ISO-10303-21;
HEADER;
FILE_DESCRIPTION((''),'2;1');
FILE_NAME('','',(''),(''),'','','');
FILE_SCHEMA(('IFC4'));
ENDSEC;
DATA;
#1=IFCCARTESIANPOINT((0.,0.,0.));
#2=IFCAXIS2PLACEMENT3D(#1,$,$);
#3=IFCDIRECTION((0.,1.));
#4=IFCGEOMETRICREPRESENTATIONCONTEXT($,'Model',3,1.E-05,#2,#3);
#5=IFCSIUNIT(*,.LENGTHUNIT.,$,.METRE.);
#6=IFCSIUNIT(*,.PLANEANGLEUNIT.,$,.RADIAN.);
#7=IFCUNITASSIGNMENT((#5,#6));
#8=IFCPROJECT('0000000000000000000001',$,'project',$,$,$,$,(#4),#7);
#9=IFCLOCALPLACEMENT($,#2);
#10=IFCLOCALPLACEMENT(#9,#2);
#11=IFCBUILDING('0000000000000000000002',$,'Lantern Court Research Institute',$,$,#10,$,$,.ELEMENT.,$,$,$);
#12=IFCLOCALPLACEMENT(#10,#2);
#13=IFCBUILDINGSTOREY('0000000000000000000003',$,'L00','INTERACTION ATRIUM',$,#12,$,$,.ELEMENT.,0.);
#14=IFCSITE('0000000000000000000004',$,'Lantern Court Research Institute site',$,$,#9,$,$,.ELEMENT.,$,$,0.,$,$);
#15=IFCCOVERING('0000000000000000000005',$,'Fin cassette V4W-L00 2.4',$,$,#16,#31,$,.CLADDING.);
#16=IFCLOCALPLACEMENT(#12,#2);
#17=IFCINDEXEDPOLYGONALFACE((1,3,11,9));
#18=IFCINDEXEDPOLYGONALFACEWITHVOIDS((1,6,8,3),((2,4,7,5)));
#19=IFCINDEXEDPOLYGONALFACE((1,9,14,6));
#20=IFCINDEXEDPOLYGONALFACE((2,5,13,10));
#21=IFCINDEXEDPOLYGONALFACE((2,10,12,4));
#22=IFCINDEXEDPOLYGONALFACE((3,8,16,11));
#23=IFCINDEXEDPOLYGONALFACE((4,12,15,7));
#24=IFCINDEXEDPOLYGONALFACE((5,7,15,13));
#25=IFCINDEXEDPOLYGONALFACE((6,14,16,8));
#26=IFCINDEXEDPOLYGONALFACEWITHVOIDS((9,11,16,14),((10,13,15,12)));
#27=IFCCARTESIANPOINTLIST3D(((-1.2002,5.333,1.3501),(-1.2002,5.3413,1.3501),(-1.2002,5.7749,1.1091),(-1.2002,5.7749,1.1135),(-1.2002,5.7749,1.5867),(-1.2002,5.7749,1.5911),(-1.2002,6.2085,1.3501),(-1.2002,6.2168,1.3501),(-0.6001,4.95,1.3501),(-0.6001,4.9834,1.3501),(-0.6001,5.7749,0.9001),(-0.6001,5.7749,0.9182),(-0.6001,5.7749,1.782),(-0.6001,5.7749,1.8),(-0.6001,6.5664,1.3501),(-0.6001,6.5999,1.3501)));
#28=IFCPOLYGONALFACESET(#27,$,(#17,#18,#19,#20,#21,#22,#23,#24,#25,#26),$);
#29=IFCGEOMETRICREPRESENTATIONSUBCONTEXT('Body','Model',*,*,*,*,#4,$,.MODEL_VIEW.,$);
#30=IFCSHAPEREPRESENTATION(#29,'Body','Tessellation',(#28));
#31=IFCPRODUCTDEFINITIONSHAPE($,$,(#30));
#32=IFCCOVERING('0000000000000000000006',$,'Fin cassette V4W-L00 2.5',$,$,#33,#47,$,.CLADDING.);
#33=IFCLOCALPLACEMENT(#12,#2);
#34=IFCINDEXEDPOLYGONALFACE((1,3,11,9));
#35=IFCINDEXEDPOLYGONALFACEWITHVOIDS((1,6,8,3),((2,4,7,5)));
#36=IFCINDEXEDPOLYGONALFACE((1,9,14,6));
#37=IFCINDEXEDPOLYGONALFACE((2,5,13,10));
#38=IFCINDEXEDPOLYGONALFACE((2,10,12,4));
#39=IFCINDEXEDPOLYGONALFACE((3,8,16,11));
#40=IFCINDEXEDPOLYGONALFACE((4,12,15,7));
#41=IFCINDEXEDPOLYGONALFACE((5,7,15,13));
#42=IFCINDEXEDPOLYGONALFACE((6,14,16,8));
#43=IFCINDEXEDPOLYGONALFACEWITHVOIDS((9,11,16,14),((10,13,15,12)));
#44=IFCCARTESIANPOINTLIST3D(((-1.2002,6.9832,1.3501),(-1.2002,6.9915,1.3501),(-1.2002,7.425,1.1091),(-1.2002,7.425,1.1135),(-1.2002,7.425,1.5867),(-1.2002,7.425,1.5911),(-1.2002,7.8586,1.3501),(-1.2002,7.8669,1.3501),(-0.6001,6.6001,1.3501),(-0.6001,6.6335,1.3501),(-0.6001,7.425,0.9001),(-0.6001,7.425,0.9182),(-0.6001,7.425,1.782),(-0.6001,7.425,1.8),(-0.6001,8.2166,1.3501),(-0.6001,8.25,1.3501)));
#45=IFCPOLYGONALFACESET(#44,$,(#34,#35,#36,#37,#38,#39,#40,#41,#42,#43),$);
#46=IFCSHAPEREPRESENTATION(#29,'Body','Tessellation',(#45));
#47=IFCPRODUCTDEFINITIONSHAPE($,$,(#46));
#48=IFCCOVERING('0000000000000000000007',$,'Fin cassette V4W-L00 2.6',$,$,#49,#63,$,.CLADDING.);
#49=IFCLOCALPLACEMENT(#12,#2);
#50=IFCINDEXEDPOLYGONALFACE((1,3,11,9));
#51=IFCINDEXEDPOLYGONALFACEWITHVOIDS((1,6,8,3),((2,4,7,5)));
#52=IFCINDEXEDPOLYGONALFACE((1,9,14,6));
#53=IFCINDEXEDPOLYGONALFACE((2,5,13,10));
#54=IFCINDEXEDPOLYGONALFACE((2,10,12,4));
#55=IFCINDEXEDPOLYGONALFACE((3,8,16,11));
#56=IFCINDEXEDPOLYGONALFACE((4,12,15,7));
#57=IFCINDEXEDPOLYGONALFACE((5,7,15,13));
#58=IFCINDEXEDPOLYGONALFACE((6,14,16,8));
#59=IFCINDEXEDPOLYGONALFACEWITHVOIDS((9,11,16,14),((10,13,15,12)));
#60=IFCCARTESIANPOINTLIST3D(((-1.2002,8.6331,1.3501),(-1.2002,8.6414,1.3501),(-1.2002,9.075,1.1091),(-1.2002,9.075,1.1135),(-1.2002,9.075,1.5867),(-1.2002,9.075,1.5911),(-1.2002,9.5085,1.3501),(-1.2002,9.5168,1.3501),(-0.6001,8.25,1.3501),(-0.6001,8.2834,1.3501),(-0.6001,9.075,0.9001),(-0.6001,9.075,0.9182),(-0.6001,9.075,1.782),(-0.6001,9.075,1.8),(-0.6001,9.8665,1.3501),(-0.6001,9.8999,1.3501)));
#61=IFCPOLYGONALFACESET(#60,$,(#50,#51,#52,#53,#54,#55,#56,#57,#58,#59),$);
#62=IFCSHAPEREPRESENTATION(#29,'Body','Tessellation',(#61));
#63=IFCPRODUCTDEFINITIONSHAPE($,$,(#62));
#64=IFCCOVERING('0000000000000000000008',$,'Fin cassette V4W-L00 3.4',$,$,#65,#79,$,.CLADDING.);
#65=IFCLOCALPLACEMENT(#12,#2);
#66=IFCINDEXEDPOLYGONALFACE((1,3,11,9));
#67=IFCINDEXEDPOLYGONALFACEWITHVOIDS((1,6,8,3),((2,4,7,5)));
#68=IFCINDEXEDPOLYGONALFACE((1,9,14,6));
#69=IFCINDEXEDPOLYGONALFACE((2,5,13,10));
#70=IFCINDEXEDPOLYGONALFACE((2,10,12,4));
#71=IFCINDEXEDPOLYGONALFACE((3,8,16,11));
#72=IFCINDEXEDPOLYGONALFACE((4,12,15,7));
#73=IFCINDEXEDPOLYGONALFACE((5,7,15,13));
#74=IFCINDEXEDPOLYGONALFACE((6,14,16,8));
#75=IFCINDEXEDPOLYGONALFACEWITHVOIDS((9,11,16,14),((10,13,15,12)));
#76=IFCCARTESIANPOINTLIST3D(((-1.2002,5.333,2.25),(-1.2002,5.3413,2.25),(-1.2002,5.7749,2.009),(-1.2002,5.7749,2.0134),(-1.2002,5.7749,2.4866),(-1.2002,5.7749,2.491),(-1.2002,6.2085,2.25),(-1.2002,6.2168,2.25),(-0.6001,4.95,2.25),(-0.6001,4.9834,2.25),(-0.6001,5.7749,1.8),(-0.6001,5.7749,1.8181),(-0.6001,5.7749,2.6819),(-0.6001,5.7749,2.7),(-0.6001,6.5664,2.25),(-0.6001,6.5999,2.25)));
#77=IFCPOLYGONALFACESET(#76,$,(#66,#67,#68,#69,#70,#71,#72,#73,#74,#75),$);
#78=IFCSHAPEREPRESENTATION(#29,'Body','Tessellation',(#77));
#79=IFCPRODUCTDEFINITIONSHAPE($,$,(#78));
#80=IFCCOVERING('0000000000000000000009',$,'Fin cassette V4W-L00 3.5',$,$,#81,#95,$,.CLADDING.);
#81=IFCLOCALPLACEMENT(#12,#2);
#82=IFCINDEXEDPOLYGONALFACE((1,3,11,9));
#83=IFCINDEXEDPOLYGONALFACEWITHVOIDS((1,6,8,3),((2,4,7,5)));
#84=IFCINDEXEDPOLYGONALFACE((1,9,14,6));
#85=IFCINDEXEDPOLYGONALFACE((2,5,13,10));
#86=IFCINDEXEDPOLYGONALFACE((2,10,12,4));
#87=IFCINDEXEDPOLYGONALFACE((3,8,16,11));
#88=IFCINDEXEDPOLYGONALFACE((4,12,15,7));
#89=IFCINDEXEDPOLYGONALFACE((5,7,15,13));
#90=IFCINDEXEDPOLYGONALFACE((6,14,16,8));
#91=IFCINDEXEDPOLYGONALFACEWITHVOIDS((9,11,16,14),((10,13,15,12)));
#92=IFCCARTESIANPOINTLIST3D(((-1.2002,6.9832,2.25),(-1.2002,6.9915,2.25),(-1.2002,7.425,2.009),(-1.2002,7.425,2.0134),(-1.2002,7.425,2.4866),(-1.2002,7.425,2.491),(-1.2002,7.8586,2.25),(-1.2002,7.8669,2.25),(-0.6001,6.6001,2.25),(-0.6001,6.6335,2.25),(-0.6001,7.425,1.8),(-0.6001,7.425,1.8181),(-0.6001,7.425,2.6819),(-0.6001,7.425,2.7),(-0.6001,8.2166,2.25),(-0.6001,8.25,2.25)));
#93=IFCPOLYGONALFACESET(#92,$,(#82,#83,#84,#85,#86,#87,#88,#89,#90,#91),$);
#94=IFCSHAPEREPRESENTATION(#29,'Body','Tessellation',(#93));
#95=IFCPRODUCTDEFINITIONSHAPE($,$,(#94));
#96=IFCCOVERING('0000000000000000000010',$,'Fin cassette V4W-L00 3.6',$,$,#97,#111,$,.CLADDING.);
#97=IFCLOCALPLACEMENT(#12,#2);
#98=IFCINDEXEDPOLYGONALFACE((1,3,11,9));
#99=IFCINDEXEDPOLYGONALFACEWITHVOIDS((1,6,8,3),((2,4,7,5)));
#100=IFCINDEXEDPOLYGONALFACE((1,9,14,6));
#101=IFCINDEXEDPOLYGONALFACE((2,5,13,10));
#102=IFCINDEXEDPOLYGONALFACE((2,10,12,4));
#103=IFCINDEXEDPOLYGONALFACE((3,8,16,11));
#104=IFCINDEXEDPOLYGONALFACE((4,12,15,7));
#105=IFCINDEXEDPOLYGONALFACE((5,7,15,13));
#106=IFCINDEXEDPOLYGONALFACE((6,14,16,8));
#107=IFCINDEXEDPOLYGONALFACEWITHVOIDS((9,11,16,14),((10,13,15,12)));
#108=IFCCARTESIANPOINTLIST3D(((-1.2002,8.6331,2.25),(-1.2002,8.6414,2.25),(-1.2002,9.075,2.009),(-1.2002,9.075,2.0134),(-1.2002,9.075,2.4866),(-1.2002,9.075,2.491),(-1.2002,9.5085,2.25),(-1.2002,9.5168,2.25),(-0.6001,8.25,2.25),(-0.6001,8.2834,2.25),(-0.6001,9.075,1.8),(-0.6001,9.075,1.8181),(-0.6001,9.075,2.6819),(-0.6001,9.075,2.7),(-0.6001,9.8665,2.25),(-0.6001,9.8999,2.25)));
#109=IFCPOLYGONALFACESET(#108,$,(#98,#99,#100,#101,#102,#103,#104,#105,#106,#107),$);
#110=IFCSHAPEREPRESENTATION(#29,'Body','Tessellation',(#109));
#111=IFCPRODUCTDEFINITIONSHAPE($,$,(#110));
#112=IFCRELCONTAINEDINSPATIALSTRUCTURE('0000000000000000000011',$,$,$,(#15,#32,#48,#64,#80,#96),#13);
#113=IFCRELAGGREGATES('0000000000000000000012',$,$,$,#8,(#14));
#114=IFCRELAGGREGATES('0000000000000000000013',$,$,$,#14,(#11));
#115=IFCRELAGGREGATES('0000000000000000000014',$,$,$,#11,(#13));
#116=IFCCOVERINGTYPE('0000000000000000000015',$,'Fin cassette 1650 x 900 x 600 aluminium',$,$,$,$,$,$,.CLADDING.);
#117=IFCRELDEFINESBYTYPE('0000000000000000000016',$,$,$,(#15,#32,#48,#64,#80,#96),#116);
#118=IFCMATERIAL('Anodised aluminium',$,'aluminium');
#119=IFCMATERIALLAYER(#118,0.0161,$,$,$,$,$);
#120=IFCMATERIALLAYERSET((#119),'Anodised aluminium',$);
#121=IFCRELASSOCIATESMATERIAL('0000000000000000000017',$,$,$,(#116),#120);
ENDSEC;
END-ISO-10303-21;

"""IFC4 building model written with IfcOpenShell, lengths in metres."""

from ifc_helpers import new_model, entity, si_unit, direction, frame, origin, place, context, subcontext, project, spatial, material, layer, layer_set, type_object, element, save


model = new_model("IFC4")

# Units and contexts
model_context = context("Model", 3, precision=1e-05, world=origin(), true_north=direction((0.0, 1.0)))
body_context = subcontext(model_context, "Body", "Model", "MODEL_VIEW")
ifc_project = project(units=[si_unit("LENGTHUNIT", "METRE"), si_unit("PLANEANGLEUNIT", "RADIAN")], contexts=[model_context])

# Site, building, storey
site_placement = place(None, origin())
site = spatial("IfcSite", under=ifc_project, at=site_placement, Name="Lantern Court Research Institute site", CompositionType="ELEMENT", RefElevation=0.0)
building_placement = place(site_placement, origin())
building = spatial("IfcBuilding", under=site, at=building_placement, Name="Lantern Court Research Institute", CompositionType="ELEMENT")
storey_placement = place(building_placement, origin())
storey = spatial("IfcBuildingStorey", under=building, at=storey_placement, Name="L00", Description="INTERACTION ATRIUM", CompositionType="ELEMENT", Elevation=0.0)

# Coverings
ifc_material_1 = material(Name="Anodised aluminium", Category="aluminium")
ifc_layer_1 = layer(ifc_material_1, 0.0161)
ifc_layer_set_1 = layer_set([ifc_layer_1], Name="Anodised aluminium")
covering_type_1 = type_object("IfcCoveringType", Name="Fin cassette 1650 x 900 x 600 aluminium", PredefinedType="CLADDING", material=ifc_layer_set_1)
covering_1_placement = place(storey_placement, frame((-0.6001, 5.7749, 1.3501), z_axis=(-1.0, 0.0, 0.0), x_axis=(0.0, -1.0, 0.0)))
cartesian_point_1 = entity("IfcCartesianPoint", [0.825, 0.0])
cartesian_point_2 = entity("IfcCartesianPoint", [0.7915, 0.0])
cartesian_point_3 = entity("IfcCartesianPoint", [0.4419, 0.0])
cartesian_point_4 = entity("IfcCartesianPoint", [0.4336, 0.0])
element("IfcCovering", 1, at=covering_1_placement, inside=storey, type_object=covering_type_1, Name="Fin cassette V4W-L00 2.4", PredefinedType="CLADDING", context=body_context, shape_type="SweptSolid", body=[
    entity("IfcExtrudedAreaSolidTapered", entity("IfcArbitraryProfileDefWithVoids", "AREA", None, entity("IfcPolyline", [cartesian_point_1, entity("IfcCartesianPoint", [0.0, 0.45]), entity("IfcCartesianPoint", [-0.825, 0.0]), entity("IfcCartesianPoint", [0.0, -0.45]), cartesian_point_1]), [entity("IfcPolyline", [cartesian_point_2, entity("IfcCartesianPoint", [0.0, 0.4319]), entity("IfcCartesianPoint", [-0.7915, 0.0]), entity("IfcCartesianPoint", [0.0, -0.4319]), cartesian_point_2])]), entity("IfcAxis2Placement3D", entity("IfcCartesianPoint", [0.0, 0.0, 0.0])), entity("IfcDirection", [0.0, 0.0, 1.0]), 0.6001, entity("IfcArbitraryProfileDefWithVoids", "AREA", None, entity("IfcPolyline", [cartesian_point_3, entity("IfcCartesianPoint", [0.0, 0.241]), entity("IfcCartesianPoint", [-0.4419, 0.0]), entity("IfcCartesianPoint", [0.0, -0.241]), cartesian_point_3]), [entity("IfcPolyline", [cartesian_point_4, entity("IfcCartesianPoint", [0.0, 0.2366]), entity("IfcCartesianPoint", [-0.4336, 0.0]), entity("IfcCartesianPoint", [0.0, -0.2366]), cartesian_point_4])])),
])
covering_2_placement = place(storey_placement, frame((-0.6001, 7.425, 1.3501), z_axis=(-1.0, 0.0, 0.0), x_axis=(0.0, -1.0, 0.0)))
cartesian_point_5 = entity("IfcCartesianPoint", [0.825, 0.0])
cartesian_point_6 = entity("IfcCartesianPoint", [0.7915, 0.0])
cartesian_point_7 = entity("IfcCartesianPoint", [0.4419, 0.0])
cartesian_point_8 = entity("IfcCartesianPoint", [0.4336, 0.0])
element("IfcCovering", 2, at=covering_2_placement, inside=storey, type_object=covering_type_1, Name="Fin cassette V4W-L00 2.5", PredefinedType="CLADDING", context=body_context, shape_type="SweptSolid", body=[
    entity("IfcExtrudedAreaSolidTapered", entity("IfcArbitraryProfileDefWithVoids", "AREA", None, entity("IfcPolyline", [cartesian_point_5, entity("IfcCartesianPoint", [0.0, 0.45]), entity("IfcCartesianPoint", [-0.825, 0.0]), entity("IfcCartesianPoint", [0.0, -0.45]), cartesian_point_5]), [entity("IfcPolyline", [cartesian_point_6, entity("IfcCartesianPoint", [0.0, 0.4319]), entity("IfcCartesianPoint", [-0.7915, 0.0]), entity("IfcCartesianPoint", [0.0, -0.4319]), cartesian_point_6])]), entity("IfcAxis2Placement3D", entity("IfcCartesianPoint", [0.0, 0.0, 0.0])), entity("IfcDirection", [0.0, 0.0, 1.0]), 0.6001, entity("IfcArbitraryProfileDefWithVoids", "AREA", None, entity("IfcPolyline", [cartesian_point_7, entity("IfcCartesianPoint", [0.0, 0.241]), entity("IfcCartesianPoint", [-0.4419, 0.0]), entity("IfcCartesianPoint", [0.0, -0.241]), cartesian_point_7]), [entity("IfcPolyline", [cartesian_point_8, entity("IfcCartesianPoint", [0.0, 0.2366]), entity("IfcCartesianPoint", [-0.4336, 0.0]), entity("IfcCartesianPoint", [0.0, -0.2366]), cartesian_point_8])])),
])
covering_3_placement = place(storey_placement, frame((-0.6001, 9.075, 1.3501), z_axis=(-1.0, 0.0, 0.0), x_axis=(0.0, -1.0, 0.0)))
cartesian_point_9 = entity("IfcCartesianPoint", [0.825, 0.0])
cartesian_point_10 = entity("IfcCartesianPoint", [0.7915, 0.0])
cartesian_point_11 = entity("IfcCartesianPoint", [0.4419, 0.0])
cartesian_point_12 = entity("IfcCartesianPoint", [0.4336, 0.0])
element("IfcCovering", 3, at=covering_3_placement, inside=storey, type_object=covering_type_1, Name="Fin cassette V4W-L00 2.6", PredefinedType="CLADDING", context=body_context, shape_type="SweptSolid", body=[
    entity("IfcExtrudedAreaSolidTapered", entity("IfcArbitraryProfileDefWithVoids", "AREA", None, entity("IfcPolyline", [cartesian_point_9, entity("IfcCartesianPoint", [0.0, 0.45]), entity("IfcCartesianPoint", [-0.825, 0.0]), entity("IfcCartesianPoint", [0.0, -0.45]), cartesian_point_9]), [entity("IfcPolyline", [cartesian_point_10, entity("IfcCartesianPoint", [0.0, 0.4319]), entity("IfcCartesianPoint", [-0.7915, 0.0]), entity("IfcCartesianPoint", [0.0, -0.4319]), cartesian_point_10])]), entity("IfcAxis2Placement3D", entity("IfcCartesianPoint", [0.0, 0.0, 0.0])), entity("IfcDirection", [0.0, 0.0, 1.0]), 0.6001, entity("IfcArbitraryProfileDefWithVoids", "AREA", None, entity("IfcPolyline", [cartesian_point_11, entity("IfcCartesianPoint", [0.0, 0.241]), entity("IfcCartesianPoint", [-0.4419, 0.0]), entity("IfcCartesianPoint", [0.0, -0.241]), cartesian_point_11]), [entity("IfcPolyline", [cartesian_point_12, entity("IfcCartesianPoint", [0.0, 0.2366]), entity("IfcCartesianPoint", [-0.4336, 0.0]), entity("IfcCartesianPoint", [0.0, -0.2366]), cartesian_point_12])])),
])
covering_4_placement = place(storey_placement, frame((-0.6001, 5.7749, 2.25), z_axis=(-1.0, 0.0, 0.0), x_axis=(0.0, -1.0, 0.0)))
cartesian_point_13 = entity("IfcCartesianPoint", [0.825, 0.0])
cartesian_point_14 = entity("IfcCartesianPoint", [0.7915, 0.0])
cartesian_point_15 = entity("IfcCartesianPoint", [0.4419, 0.0])
cartesian_point_16 = entity("IfcCartesianPoint", [0.4336, 0.0])
element("IfcCovering", 4, at=covering_4_placement, inside=storey, type_object=covering_type_1, Name="Fin cassette V4W-L00 3.4", PredefinedType="CLADDING", context=body_context, shape_type="SweptSolid", body=[
    entity("IfcExtrudedAreaSolidTapered", entity("IfcArbitraryProfileDefWithVoids", "AREA", None, entity("IfcPolyline", [cartesian_point_13, entity("IfcCartesianPoint", [0.0, 0.45]), entity("IfcCartesianPoint", [-0.825, 0.0]), entity("IfcCartesianPoint", [0.0, -0.45]), cartesian_point_13]), [entity("IfcPolyline", [cartesian_point_14, entity("IfcCartesianPoint", [0.0, 0.4319]), entity("IfcCartesianPoint", [-0.7915, 0.0]), entity("IfcCartesianPoint", [0.0, -0.4319]), cartesian_point_14])]), entity("IfcAxis2Placement3D", entity("IfcCartesianPoint", [0.0, 0.0, 0.0])), entity("IfcDirection", [0.0, 0.0, 1.0]), 0.6001, entity("IfcArbitraryProfileDefWithVoids", "AREA", None, entity("IfcPolyline", [cartesian_point_15, entity("IfcCartesianPoint", [0.0, 0.241]), entity("IfcCartesianPoint", [-0.4419, 0.0]), entity("IfcCartesianPoint", [0.0, -0.241]), cartesian_point_15]), [entity("IfcPolyline", [cartesian_point_16, entity("IfcCartesianPoint", [0.0, 0.2366]), entity("IfcCartesianPoint", [-0.4336, 0.0]), entity("IfcCartesianPoint", [0.0, -0.2366]), cartesian_point_16])])),
])
covering_5_placement = place(storey_placement, frame((-0.6001, 7.425, 2.25), z_axis=(-1.0, 0.0, 0.0), x_axis=(0.0, -1.0, 0.0)))
cartesian_point_17 = entity("IfcCartesianPoint", [0.825, 0.0])
cartesian_point_18 = entity("IfcCartesianPoint", [0.7915, 0.0])
cartesian_point_19 = entity("IfcCartesianPoint", [0.4419, 0.0])
cartesian_point_20 = entity("IfcCartesianPoint", [0.4336, 0.0])
element("IfcCovering", 5, at=covering_5_placement, inside=storey, type_object=covering_type_1, Name="Fin cassette V4W-L00 3.5", PredefinedType="CLADDING", context=body_context, shape_type="SweptSolid", body=[
    entity("IfcExtrudedAreaSolidTapered", entity("IfcArbitraryProfileDefWithVoids", "AREA", None, entity("IfcPolyline", [cartesian_point_17, entity("IfcCartesianPoint", [0.0, 0.45]), entity("IfcCartesianPoint", [-0.825, 0.0]), entity("IfcCartesianPoint", [0.0, -0.45]), cartesian_point_17]), [entity("IfcPolyline", [cartesian_point_18, entity("IfcCartesianPoint", [0.0, 0.4319]), entity("IfcCartesianPoint", [-0.7915, 0.0]), entity("IfcCartesianPoint", [0.0, -0.4319]), cartesian_point_18])]), entity("IfcAxis2Placement3D", entity("IfcCartesianPoint", [0.0, 0.0, 0.0])), entity("IfcDirection", [0.0, 0.0, 1.0]), 0.6001, entity("IfcArbitraryProfileDefWithVoids", "AREA", None, entity("IfcPolyline", [cartesian_point_19, entity("IfcCartesianPoint", [0.0, 0.241]), entity("IfcCartesianPoint", [-0.4419, 0.0]), entity("IfcCartesianPoint", [0.0, -0.241]), cartesian_point_19]), [entity("IfcPolyline", [cartesian_point_20, entity("IfcCartesianPoint", [0.0, 0.2366]), entity("IfcCartesianPoint", [-0.4336, 0.0]), entity("IfcCartesianPoint", [0.0, -0.2366]), cartesian_point_20])])),
])
covering_6_placement = place(storey_placement, frame((-0.6001, 9.075, 2.25), z_axis=(-1.0, 0.0, 0.0), x_axis=(0.0, -1.0, 0.0)))
cartesian_point_21 = entity("IfcCartesianPoint", [0.825, 0.0])
cartesian_point_22 = entity("IfcCartesianPoint", [0.7915, 0.0])
cartesian_point_23 = entity("IfcCartesianPoint", [0.4419, 0.0])
cartesian_point_24 = entity("IfcCartesianPoint", [0.4336, 0.0])
element("IfcCovering", 6, at=covering_6_placement, inside=storey, type_object=covering_type_1, Name="Fin cassette V4W-L00 3.6", PredefinedType="CLADDING", context=body_context, shape_type="SweptSolid", body=[
    entity("IfcExtrudedAreaSolidTapered", entity("IfcArbitraryProfileDefWithVoids", "AREA", None, entity("IfcPolyline", [cartesian_point_21, entity("IfcCartesianPoint", [0.0, 0.45]), entity("IfcCartesianPoint", [-0.825, 0.0]), entity("IfcCartesianPoint", [0.0, -0.45]), cartesian_point_21]), [entity("IfcPolyline", [cartesian_point_22, entity("IfcCartesianPoint", [0.0, 0.4319]), entity("IfcCartesianPoint", [-0.7915, 0.0]), entity("IfcCartesianPoint", [0.0, -0.4319]), cartesian_point_22])]), entity("IfcAxis2Placement3D", entity("IfcCartesianPoint", [0.0, 0.0, 0.0])), entity("IfcDirection", [0.0, 0.0, 1.0]), 0.6001, entity("IfcArbitraryProfileDefWithVoids", "AREA", None, entity("IfcPolyline", [cartesian_point_23, entity("IfcCartesianPoint", [0.0, 0.241]), entity("IfcCartesianPoint", [-0.4419, 0.0]), entity("IfcCartesianPoint", [0.0, -0.241]), cartesian_point_23]), [entity("IfcPolyline", [cartesian_point_24, entity("IfcCartesianPoint", [0.0, 0.2366]), entity("IfcCartesianPoint", [-0.4336, 0.0]), entity("IfcCartesianPoint", [0.0, -0.2366]), cartesian_point_24])])),
])

save(model, "model.ifc")
